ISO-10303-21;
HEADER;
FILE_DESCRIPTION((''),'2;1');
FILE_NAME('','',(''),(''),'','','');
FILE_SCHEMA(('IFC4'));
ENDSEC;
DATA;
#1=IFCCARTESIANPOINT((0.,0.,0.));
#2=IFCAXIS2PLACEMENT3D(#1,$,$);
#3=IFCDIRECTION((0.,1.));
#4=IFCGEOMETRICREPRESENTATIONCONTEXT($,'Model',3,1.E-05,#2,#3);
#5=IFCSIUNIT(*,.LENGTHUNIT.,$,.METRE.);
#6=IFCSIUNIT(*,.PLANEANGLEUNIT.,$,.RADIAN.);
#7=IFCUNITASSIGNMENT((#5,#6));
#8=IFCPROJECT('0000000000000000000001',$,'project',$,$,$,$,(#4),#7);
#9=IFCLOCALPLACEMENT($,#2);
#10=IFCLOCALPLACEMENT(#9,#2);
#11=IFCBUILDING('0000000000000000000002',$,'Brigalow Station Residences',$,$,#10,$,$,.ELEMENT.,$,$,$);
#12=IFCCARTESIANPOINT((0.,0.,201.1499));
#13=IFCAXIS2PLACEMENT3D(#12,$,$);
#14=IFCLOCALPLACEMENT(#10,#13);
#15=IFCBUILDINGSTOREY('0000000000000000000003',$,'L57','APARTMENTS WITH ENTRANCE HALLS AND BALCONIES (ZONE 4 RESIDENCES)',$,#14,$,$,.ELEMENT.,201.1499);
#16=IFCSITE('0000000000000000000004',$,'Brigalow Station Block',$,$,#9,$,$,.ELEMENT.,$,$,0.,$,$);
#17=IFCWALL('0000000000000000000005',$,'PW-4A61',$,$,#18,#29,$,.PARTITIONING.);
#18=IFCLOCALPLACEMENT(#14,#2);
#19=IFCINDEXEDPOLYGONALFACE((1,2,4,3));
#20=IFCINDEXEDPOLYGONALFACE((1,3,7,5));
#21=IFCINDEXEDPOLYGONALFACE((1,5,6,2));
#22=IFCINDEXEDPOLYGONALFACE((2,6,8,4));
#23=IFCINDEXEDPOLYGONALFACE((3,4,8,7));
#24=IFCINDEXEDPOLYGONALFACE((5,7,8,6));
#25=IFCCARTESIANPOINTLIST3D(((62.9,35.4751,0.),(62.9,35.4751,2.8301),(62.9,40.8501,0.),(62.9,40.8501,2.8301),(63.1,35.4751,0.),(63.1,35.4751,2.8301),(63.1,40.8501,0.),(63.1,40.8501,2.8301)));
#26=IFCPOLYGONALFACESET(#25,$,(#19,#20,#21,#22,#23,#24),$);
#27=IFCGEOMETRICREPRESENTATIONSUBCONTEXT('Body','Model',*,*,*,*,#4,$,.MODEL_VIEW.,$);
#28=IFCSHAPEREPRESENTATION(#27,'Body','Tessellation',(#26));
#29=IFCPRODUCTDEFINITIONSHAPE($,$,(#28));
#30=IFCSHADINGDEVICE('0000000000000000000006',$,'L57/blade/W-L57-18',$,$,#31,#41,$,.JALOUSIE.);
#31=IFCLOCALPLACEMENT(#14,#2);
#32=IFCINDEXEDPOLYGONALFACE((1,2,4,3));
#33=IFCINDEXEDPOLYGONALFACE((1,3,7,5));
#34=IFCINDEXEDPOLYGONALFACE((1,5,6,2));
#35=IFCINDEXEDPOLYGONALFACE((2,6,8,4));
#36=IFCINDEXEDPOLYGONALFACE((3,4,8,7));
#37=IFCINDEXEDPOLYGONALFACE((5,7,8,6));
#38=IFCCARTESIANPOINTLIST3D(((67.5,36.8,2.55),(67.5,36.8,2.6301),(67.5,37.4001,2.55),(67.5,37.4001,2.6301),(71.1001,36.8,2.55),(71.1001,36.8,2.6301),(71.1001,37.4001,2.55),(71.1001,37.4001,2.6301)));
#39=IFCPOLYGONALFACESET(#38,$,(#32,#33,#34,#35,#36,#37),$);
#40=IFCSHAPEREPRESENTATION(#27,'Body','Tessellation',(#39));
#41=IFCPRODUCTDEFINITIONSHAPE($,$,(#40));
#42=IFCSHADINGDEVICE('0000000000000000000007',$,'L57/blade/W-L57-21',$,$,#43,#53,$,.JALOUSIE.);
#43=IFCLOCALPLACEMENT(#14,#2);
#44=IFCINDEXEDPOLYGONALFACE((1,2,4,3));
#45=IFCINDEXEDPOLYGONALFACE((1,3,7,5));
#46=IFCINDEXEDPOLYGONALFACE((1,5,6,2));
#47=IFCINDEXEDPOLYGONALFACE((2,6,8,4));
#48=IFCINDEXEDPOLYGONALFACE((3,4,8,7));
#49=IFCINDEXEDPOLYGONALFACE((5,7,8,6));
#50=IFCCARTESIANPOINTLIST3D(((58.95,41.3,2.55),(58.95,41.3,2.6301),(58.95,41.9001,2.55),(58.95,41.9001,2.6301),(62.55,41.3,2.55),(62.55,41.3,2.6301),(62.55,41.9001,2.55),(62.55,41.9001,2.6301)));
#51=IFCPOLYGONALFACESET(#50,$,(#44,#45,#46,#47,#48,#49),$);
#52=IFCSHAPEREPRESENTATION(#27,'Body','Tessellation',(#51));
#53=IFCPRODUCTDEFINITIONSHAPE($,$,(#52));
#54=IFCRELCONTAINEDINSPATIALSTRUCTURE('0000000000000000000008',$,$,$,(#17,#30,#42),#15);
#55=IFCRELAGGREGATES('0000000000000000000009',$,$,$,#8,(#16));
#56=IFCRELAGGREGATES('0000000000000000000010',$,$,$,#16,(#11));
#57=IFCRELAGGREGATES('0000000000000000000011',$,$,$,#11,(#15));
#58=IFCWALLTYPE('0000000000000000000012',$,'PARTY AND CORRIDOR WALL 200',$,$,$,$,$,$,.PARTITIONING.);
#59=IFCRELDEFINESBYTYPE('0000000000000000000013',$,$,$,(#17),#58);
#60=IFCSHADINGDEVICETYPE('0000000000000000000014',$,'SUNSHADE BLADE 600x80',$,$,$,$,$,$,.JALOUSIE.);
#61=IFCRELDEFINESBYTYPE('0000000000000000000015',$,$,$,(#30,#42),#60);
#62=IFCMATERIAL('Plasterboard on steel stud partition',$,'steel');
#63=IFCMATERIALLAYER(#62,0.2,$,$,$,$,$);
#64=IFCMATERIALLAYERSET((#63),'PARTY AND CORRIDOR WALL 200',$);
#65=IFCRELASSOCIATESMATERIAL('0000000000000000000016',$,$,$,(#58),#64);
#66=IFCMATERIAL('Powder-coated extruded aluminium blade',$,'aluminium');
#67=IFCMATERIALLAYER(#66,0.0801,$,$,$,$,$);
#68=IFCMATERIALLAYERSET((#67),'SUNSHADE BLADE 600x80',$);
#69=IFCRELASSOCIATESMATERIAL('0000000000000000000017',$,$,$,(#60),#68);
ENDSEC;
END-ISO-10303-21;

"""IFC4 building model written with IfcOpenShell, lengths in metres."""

from ifc_helpers import new_model, si_unit, direction, frame, frame_2d, origin, origin_2d, place, context, subcontext, project, spatial, rectangle, extrude, material, layer, layer_set, type_object, element, save


model = new_model("IFC4")

# Units and contexts
model_context = context("Model", 3, precision=1e-05, world=origin(), true_north=direction((0.0, 1.0)))
body_context = subcontext(model_context, "Body", "Model", "MODEL_VIEW")
ifc_project = project(units=[si_unit("LENGTHUNIT", "METRE"), si_unit("PLANEANGLEUNIT", "RADIAN")], contexts=[model_context])

# Site, building, storey
site_placement = place(None, origin())
site = spatial("IfcSite", under=ifc_project, at=site_placement, Name="Brigalow Station Block", CompositionType="ELEMENT", RefElevation=0.0)
building_placement = place(site_placement, origin())
building = spatial("IfcBuilding", under=site, at=building_placement, Name="Brigalow Station Residences", CompositionType="ELEMENT")
storey_placement = place(building_placement, frame((0.0, 0.0, 201.1499)))
storey = spatial("IfcBuildingStorey", under=building, at=storey_placement, Name="L57", Description="APARTMENTS WITH ENTRANCE HALLS AND BALCONIES (ZONE 4 RESIDENCES)", CompositionType="ELEMENT", Elevation=201.1499)

# Wall
ifc_material_1 = material(Name="Plasterboard on steel stud partition", Category="steel")
ifc_layer_1 = layer(ifc_material_1, 0.2)
ifc_layer_set_1 = layer_set([ifc_layer_1], Name="PARTY AND CORRIDOR WALL 200")
wall_type_1 = type_object("IfcWallType", Name="PARTY AND CORRIDOR WALL 200", PredefinedType="PARTITIONING", material=ifc_layer_set_1)
wall_1_placement = place(storey_placement, frame((63.0, 35.4751, 0.0), z_axis=(0.0, 0.0, 1.0), x_axis=(0.0, 1.0, 0.0)))
element("IfcWall", 1, at=wall_1_placement, inside=storey, type_object=wall_type_1, Name="PW-4A61", PredefinedType="PARTITIONING", context=body_context, shape_type="SweptSolid", body=[
    extrude(rectangle(XDim=5.375, YDim=0.2, at=frame_2d((2.6875, 0.0))), origin(), (0.0, 0.0, 1.0), 2.8301),
])

# Shading devices
ifc_material_2 = material(Name="Powder-coated extruded aluminium blade", Category="aluminium")
ifc_layer_2 = layer(ifc_material_2, 0.0801)
ifc_layer_set_2 = layer_set([ifc_layer_2], Name="SUNSHADE BLADE 600x80")
shading_device_type = type_object("IfcShadingDeviceType", Name="SUNSHADE BLADE 600x80", PredefinedType="JALOUSIE", material=ifc_layer_set_2)
for number, where, z_axis, x_axis, name in (
    (2, (69.3, 37.1001, 2.55), (0.0, 0.0, 1.0), (-1.0, 0.0, 0.0), "L57/blade/W-L57-18"),
    (3, (60.75, 41.6001, 2.55), (0.0, 0.0, 1.0), (-1.0, 0.0, 0.0), "L57/blade/W-L57-21"),
):
    element("IfcShadingDevice", number, at=place(storey_placement, frame(where, z_axis=z_axis, x_axis=x_axis)), inside=storey, type_object=shading_device_type, Name=name, PredefinedType="JALOUSIE", context=body_context, shape_type="SweptSolid", body=[
        extrude(rectangle(XDim=3.6001, YDim=0.6001, at=origin_2d()), origin(), (0.0, 0.0, 1.0), 0.0801),
    ])

save(model, "model.ifc")
